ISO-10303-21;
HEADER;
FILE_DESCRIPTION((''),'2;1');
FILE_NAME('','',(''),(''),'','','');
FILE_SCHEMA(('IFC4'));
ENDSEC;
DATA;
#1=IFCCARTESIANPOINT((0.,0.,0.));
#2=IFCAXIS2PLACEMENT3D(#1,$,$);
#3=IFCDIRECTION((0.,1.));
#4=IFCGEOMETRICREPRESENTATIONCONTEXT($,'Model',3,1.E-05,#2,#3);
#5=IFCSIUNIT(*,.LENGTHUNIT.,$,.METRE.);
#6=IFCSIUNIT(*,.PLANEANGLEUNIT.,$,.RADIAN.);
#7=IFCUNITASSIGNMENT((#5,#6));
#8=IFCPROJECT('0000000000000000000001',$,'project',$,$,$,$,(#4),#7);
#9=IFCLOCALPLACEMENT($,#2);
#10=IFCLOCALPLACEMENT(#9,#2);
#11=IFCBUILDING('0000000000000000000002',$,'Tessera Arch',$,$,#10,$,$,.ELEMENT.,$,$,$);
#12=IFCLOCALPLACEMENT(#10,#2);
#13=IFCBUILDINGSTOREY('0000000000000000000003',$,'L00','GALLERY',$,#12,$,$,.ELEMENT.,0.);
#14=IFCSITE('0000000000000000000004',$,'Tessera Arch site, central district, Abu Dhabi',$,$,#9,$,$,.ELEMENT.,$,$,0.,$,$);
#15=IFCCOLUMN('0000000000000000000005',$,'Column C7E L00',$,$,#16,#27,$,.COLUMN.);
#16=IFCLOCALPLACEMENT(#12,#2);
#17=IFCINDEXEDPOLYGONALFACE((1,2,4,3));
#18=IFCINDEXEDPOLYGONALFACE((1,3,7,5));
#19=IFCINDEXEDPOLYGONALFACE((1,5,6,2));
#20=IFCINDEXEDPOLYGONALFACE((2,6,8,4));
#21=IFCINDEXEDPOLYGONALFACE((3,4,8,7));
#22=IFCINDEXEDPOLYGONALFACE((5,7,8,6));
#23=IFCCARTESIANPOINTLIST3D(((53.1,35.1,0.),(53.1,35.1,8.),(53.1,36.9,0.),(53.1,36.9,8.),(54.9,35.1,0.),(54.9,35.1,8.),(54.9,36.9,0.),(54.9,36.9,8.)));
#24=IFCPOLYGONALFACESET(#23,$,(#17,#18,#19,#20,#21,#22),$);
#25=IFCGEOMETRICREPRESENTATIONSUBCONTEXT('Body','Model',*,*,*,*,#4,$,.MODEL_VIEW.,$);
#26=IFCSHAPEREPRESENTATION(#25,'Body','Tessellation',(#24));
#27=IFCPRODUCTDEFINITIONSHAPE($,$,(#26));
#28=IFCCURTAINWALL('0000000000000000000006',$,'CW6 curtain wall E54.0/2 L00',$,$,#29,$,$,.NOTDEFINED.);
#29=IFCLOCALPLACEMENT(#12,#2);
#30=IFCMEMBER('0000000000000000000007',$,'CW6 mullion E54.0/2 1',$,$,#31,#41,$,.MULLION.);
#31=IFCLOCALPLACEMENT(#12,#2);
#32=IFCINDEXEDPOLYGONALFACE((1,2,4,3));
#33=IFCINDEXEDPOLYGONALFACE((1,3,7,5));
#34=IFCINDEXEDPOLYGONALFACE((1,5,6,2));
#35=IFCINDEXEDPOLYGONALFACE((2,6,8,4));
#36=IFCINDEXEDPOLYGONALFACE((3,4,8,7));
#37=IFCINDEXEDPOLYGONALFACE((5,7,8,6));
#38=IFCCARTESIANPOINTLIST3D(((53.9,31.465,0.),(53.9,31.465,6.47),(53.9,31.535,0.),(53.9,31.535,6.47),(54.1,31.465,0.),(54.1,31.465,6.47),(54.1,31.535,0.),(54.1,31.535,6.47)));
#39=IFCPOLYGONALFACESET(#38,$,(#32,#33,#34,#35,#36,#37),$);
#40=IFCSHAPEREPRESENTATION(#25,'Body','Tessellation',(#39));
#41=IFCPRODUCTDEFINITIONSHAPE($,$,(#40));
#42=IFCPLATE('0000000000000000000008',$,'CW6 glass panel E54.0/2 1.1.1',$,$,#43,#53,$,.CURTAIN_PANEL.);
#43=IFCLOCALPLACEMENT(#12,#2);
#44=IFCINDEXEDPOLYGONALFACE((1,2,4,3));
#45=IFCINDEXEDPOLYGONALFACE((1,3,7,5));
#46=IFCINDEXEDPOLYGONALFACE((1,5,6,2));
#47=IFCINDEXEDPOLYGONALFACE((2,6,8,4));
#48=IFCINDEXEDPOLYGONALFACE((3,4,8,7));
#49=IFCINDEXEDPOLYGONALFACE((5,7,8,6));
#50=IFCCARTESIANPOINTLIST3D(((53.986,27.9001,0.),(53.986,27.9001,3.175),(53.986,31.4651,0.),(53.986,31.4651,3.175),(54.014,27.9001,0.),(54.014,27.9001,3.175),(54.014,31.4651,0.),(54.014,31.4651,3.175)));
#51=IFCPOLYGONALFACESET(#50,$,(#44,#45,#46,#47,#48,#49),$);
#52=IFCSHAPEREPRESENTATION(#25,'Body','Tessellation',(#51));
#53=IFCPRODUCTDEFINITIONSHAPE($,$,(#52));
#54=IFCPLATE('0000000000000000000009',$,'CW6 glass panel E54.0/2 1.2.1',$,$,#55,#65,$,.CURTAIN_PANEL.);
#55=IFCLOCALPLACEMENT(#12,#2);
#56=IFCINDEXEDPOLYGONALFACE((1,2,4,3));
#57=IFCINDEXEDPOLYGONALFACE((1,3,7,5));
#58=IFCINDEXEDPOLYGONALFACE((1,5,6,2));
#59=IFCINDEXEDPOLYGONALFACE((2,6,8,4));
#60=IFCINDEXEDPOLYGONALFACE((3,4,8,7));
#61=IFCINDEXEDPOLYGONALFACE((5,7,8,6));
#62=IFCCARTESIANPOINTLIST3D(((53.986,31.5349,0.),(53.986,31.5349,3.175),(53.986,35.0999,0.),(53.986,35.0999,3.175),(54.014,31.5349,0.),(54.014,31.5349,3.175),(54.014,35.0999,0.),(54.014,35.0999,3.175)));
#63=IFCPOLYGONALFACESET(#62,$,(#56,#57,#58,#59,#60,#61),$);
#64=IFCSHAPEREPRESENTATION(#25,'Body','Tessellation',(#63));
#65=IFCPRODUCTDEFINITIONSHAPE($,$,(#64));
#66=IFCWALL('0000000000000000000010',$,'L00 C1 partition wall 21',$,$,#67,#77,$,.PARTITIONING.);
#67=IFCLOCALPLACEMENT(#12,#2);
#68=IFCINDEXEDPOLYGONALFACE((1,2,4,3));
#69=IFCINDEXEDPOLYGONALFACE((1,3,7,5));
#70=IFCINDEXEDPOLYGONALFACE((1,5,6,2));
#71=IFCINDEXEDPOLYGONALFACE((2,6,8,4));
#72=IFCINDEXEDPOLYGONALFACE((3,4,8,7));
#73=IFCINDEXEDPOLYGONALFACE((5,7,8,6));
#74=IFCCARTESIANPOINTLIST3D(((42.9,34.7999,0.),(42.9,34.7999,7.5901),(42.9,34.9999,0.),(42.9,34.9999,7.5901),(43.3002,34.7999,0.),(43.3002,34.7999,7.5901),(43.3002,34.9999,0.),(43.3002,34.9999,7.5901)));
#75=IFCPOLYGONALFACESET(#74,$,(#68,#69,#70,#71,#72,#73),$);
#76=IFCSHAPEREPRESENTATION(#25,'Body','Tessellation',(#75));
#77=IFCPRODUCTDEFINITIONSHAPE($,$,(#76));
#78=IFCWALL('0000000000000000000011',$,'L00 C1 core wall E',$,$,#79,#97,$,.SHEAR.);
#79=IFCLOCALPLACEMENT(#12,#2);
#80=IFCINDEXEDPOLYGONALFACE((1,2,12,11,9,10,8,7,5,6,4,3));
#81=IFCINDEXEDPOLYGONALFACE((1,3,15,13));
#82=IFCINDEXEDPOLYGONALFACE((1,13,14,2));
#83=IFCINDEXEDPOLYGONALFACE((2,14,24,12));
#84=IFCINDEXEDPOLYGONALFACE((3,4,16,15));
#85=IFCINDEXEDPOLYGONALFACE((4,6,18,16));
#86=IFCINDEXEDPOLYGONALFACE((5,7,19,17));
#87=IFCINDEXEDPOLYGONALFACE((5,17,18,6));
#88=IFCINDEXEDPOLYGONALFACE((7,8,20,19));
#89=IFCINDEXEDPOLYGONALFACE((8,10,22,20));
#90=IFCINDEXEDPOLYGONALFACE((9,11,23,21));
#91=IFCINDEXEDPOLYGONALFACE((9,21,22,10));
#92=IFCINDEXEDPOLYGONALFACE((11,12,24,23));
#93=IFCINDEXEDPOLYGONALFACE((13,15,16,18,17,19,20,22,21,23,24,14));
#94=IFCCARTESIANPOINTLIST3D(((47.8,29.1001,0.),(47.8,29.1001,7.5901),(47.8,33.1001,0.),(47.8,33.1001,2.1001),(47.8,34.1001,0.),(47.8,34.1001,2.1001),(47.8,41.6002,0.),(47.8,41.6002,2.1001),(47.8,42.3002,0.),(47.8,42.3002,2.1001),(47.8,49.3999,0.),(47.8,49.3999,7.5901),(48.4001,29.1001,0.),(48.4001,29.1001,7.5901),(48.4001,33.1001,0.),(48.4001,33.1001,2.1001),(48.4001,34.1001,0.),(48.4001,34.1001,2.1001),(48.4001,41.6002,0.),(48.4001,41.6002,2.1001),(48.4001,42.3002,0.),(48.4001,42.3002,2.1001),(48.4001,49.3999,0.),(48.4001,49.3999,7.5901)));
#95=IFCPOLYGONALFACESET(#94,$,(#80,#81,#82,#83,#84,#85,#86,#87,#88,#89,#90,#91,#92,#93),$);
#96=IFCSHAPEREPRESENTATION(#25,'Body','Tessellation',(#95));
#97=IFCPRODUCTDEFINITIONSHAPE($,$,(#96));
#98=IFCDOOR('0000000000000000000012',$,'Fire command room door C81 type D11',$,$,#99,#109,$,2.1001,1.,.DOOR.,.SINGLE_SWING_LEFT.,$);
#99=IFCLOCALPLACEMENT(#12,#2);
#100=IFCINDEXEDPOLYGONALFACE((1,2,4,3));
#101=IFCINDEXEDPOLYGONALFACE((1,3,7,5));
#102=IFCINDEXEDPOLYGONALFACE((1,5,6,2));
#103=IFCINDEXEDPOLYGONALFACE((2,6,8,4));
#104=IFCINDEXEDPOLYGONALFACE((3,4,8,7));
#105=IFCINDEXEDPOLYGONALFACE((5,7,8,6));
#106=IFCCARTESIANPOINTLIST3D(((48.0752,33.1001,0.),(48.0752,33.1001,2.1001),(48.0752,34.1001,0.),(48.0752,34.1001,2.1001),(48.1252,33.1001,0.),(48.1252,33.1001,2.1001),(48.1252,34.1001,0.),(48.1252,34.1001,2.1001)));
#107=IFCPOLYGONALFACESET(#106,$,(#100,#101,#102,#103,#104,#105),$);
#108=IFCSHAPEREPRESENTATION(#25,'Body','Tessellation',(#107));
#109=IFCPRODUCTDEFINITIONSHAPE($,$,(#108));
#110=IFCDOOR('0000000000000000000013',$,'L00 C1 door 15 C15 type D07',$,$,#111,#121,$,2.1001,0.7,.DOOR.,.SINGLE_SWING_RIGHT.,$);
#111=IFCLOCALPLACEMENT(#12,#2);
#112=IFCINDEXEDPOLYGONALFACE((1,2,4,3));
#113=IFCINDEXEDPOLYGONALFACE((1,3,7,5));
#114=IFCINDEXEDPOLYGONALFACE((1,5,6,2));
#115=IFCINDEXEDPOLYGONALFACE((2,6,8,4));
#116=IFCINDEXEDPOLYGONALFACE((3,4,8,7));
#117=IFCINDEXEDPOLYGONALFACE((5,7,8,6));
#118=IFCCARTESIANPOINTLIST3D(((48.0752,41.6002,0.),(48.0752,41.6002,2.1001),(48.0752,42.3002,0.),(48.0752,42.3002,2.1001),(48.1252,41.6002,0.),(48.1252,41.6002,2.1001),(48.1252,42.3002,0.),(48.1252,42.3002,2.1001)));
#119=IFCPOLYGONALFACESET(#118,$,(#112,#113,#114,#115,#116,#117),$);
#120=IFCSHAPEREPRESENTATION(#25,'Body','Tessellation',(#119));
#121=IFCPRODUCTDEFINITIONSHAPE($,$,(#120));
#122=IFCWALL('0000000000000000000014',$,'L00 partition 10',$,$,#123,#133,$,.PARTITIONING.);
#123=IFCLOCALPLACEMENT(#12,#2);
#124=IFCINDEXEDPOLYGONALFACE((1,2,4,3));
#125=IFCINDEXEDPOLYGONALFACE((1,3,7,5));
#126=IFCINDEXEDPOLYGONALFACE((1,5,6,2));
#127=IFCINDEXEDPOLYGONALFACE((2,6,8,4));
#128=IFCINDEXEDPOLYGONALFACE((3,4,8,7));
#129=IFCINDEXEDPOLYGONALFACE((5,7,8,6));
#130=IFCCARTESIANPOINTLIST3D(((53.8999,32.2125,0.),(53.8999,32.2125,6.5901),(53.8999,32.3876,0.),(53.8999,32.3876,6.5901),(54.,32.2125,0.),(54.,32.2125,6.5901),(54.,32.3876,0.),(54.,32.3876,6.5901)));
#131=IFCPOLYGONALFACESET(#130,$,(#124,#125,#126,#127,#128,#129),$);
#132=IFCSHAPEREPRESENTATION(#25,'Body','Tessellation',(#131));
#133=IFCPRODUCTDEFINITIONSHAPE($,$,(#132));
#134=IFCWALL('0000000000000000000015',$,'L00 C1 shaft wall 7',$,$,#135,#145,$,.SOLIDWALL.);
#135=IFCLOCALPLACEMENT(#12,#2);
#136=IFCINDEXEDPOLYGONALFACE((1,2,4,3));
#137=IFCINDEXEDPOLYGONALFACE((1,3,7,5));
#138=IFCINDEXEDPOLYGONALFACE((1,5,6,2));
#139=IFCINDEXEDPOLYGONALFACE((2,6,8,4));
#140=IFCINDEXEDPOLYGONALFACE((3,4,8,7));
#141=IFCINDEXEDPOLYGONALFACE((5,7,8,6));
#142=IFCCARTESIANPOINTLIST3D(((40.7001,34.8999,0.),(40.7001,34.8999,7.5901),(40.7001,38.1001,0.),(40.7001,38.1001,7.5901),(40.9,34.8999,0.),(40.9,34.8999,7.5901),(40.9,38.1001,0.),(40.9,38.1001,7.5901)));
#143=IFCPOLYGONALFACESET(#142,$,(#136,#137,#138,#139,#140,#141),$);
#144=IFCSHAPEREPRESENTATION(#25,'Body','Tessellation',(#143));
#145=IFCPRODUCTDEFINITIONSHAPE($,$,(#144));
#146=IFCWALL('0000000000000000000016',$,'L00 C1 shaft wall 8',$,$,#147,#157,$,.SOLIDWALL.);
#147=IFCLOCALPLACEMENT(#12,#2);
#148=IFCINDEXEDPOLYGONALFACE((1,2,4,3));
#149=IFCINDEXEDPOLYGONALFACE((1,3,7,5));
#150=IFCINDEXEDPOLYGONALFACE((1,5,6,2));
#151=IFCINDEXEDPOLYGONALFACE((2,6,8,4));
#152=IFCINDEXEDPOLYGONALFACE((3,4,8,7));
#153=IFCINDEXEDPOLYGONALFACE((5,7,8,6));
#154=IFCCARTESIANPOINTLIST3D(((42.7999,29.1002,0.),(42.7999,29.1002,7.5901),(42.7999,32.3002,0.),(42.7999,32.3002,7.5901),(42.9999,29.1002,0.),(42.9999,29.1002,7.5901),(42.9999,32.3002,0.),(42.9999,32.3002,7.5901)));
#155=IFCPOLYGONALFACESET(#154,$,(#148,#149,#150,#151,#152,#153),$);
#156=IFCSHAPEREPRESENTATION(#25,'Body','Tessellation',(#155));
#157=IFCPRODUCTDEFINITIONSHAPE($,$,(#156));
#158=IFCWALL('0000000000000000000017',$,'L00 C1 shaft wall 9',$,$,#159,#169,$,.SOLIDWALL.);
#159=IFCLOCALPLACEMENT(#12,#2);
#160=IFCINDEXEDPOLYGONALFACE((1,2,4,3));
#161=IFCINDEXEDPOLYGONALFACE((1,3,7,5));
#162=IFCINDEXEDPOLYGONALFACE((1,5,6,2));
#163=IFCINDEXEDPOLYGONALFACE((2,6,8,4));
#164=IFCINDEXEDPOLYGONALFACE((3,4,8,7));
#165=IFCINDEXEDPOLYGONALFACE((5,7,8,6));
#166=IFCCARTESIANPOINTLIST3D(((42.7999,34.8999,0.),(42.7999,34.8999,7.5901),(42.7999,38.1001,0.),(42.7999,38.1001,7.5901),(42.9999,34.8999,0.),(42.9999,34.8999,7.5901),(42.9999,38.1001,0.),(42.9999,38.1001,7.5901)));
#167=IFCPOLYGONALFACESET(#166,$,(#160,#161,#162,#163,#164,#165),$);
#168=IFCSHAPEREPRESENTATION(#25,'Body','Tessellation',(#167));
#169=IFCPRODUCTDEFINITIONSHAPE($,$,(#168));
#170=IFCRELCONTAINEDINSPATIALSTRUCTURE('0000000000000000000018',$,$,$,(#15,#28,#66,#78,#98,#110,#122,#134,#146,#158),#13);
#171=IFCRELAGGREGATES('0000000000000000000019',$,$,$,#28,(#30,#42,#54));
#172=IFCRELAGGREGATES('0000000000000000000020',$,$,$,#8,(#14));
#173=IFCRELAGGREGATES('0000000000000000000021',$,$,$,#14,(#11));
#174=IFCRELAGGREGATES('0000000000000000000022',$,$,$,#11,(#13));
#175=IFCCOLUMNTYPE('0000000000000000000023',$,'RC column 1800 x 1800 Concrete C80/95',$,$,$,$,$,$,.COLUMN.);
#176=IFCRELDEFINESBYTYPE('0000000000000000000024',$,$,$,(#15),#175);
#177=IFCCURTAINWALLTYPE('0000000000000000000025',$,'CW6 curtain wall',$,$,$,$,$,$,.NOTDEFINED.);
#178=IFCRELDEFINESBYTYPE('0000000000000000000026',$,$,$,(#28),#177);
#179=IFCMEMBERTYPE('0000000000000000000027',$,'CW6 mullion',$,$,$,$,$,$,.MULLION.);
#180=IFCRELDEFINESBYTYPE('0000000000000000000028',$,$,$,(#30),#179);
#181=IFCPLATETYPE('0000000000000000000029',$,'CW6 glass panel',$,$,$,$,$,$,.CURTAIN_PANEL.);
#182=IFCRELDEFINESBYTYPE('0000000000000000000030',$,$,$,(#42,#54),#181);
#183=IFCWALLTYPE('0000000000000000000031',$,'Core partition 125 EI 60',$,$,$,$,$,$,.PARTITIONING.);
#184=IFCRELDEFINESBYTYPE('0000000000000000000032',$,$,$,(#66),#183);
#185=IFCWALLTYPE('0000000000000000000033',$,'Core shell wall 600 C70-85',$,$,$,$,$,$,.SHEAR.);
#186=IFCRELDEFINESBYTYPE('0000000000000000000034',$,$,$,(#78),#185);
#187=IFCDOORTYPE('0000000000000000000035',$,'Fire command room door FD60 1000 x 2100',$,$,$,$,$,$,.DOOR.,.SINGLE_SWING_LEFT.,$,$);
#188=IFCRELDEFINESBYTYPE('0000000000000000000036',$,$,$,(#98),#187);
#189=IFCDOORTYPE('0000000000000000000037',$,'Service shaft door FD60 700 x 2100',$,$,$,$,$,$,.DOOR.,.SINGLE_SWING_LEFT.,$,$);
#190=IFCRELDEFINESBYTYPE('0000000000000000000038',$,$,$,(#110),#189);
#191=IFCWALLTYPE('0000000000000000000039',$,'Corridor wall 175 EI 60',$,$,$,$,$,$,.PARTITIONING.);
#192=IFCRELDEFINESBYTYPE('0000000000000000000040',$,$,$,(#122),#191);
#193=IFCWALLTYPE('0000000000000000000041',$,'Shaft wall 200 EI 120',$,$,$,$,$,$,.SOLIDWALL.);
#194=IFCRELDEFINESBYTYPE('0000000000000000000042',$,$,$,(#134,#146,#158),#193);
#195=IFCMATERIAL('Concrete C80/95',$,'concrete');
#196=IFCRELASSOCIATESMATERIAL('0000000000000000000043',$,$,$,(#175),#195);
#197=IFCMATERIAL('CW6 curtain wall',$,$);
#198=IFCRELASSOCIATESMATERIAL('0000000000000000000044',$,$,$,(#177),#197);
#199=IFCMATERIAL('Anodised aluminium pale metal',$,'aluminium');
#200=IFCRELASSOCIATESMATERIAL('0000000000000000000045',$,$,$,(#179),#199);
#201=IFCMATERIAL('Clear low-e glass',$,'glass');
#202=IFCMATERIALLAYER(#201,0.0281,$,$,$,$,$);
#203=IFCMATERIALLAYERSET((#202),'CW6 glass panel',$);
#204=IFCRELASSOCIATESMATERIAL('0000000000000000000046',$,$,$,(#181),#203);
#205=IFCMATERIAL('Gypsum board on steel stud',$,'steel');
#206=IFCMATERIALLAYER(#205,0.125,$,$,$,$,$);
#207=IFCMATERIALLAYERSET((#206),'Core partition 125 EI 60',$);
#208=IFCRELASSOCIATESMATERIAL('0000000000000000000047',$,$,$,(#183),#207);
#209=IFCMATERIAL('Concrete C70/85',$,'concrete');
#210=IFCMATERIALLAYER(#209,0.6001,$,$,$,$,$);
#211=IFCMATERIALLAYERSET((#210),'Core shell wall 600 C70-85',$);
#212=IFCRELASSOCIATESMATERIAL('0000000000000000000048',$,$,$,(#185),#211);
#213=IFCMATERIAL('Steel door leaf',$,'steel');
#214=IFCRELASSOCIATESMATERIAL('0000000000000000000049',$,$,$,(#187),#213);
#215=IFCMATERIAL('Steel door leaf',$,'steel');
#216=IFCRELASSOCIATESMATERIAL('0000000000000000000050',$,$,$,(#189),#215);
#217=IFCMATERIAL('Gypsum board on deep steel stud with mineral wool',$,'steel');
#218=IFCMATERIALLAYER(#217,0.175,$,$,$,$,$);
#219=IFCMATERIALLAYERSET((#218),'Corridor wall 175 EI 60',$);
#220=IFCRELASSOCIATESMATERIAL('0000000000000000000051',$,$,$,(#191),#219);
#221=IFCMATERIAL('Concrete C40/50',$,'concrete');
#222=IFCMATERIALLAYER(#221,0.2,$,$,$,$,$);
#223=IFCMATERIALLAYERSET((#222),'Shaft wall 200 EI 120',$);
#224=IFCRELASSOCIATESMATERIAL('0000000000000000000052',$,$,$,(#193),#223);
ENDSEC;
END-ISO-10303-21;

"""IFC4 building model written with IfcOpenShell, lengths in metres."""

from ifc_helpers import new_model, si_unit, direction, frame, frame_2d, origin, origin_2d, place, context, subcontext, project, spatial, rectangle, extrude, material, layer, layer_set, material_profile, profile_set, type_object, element, fill, aggregate, save


model = new_model("IFC4")

# Units and contexts
model_context = context("Model", 3, precision=1e-05, world=origin(), true_north=direction((0.0, 1.0)))
body_context = subcontext(model_context, "Body", "Model", "MODEL_VIEW")
ifc_project = project(units=[si_unit("LENGTHUNIT", "METRE"), si_unit("PLANEANGLEUNIT", "RADIAN")], contexts=[model_context])

# Site, building, storey
site_placement = place(None, origin())
site = spatial("IfcSite", under=ifc_project, at=site_placement, Name="Tessera Arch site, central district, Abu Dhabi", CompositionType="ELEMENT", RefElevation=0.0)
building_placement = place(site_placement, origin())
building = spatial("IfcBuilding", under=site, at=building_placement, Name="Tessera Arch", CompositionType="ELEMENT")
storey_placement = place(building_placement, origin())
storey = spatial("IfcBuildingStorey", under=building, at=storey_placement, Name="L00", Description="GALLERY", CompositionType="ELEMENT", Elevation=0.0)

# Column
ifc_material_1 = material(Name="Concrete C80/95", Category="concrete")
ifc_material_profile_1 = material_profile(ifc_material_1, rectangle(XDim=1.8, YDim=1.8, at=origin_2d()), Name="RC column 1800 x 1800 Concrete C80/95")
ifc_profile_set_1 = profile_set([ifc_material_profile_1], Name="Concrete C80/95")
column_type = type_object("IfcColumnType", Name="RC column 1800 x 1800 Concrete C80/95", PredefinedType="COLUMN", material=ifc_profile_set_1)
column_placement = place(storey_placement, frame((54.0, 36.0, 0.0), z_axis=(0.0, 0.0, 1.0), x_axis=(1.0, 0.0, 0.0)))
element("IfcColumn", 1, at=column_placement, inside=storey, type_object=column_type, Name="Column C7E L00", PredefinedType="COLUMN", context=body_context, shape_type="SweptSolid", body=[
    extrude(rectangle(XDim=1.8, YDim=1.8, at=origin_2d()), origin(), (0.0, 0.0, 1.0), 8.0),
])

# Curtain wall, member, plates
ifc_material_2 = material(Name="CW6 curtain wall")
curtain_wall_type = type_object("IfcCurtainWallType", Name="CW6 curtain wall", PredefinedType="NOTDEFINED", material=ifc_material_2)
curtain_wall_placement = place(storey_placement, origin())
curtain_wall = element("IfcCurtainWall", 2, at=curtain_wall_placement, inside=storey, type_object=curtain_wall_type, Name="CW6 curtain wall E54.0/2 L00", PredefinedType="NOTDEFINED")
ifc_material_3 = material(Name="Anodised aluminium pale metal", Category="aluminium")
ifc_material_profile_2 = material_profile(ifc_material_3, rectangle(XDim=0.2, YDim=0.0701, at=origin_2d()), Name="AL 70x200")
ifc_profile_set_2 = profile_set([ifc_material_profile_2], Name="Anodised aluminium pale metal")
member_type = type_object("IfcMemberType", Name="CW6 mullion", PredefinedType="MULLION", material=ifc_profile_set_2)
member_placement = place(storey_placement, frame((54.0, 31.5, 0.0), z_axis=(0.0, 0.0, 1.0), x_axis=(-1.0, 0.0, 0.0)))
member = element("IfcMember", 3, at=member_placement, type_object=member_type, Name="CW6 mullion E54.0/2 1", PredefinedType="MULLION", context=body_context, shape_type="SweptSolid", body=[
    extrude(rectangle(XDim=0.2, YDim=0.0701, at=origin_2d()), origin(), (0.0, 0.0, 1.0), 6.47),
])
ifc_material_4 = material(Name="Clear low-e glass", Category="glass")
ifc_layer_1 = layer(ifc_material_4, 0.0281)
ifc_layer_set_1 = layer_set([ifc_layer_1], Name="CW6 glass panel")
plate_type = type_object("IfcPlateType", Name="CW6 glass panel", PredefinedType="CURTAIN_PANEL", material=ifc_layer_set_1)
plate_1_placement = place(storey_placement, frame((54.0, 29.6826, 0.0), z_axis=(0.0, 0.0, 1.0), x_axis=(0.0, 1.0, 0.0)))
plate_1 = element("IfcPlate", 4, at=plate_1_placement, type_object=plate_type, Name="CW6 glass panel E54.0/2 1.1.1", PredefinedType="CURTAIN_PANEL", context=body_context, shape_type="SweptSolid", body=[
    extrude(rectangle(XDim=3.5649, YDim=0.0281, at=origin_2d()), origin(), (0.0, 0.0, 1.0), 3.175),
])
plate_2_placement = place(storey_placement, frame((54.0, 33.3174, 0.0), z_axis=(0.0, 0.0, 1.0), x_axis=(0.0, 1.0, 0.0)))
plate_2 = element("IfcPlate", 5, at=plate_2_placement, type_object=plate_type, Name="CW6 glass panel E54.0/2 1.2.1", PredefinedType="CURTAIN_PANEL", context=body_context, shape_type="SweptSolid", body=[
    extrude(rectangle(XDim=3.5649, YDim=0.0281, at=origin_2d()), origin(), (0.0, 0.0, 1.0), 3.175),
])
aggregate(curtain_wall, [member, plate_1, plate_2])

# Wall
ifc_material_5 = material(Name="Gypsum board on steel stud", Category="steel")
ifc_layer_2 = layer(ifc_material_5, 0.125)
ifc_layer_set_2 = layer_set([ifc_layer_2], Name="Core partition 125 EI 60")
wall_type_1 = type_object("IfcWallType", Name="Core partition 125 EI 60", PredefinedType="PARTITIONING", material=ifc_layer_set_2)
wall_1_placement = place(storey_placement, frame((42.8999, 34.8999, 0.0), z_axis=(0.0, 0.0, 1.0), x_axis=(1.0, 0.0, 0.0)))
element("IfcWall", 6, at=wall_1_placement, inside=storey, type_object=wall_type_1, Name="L00 C1 partition wall 21", PredefinedType="PARTITIONING", context=body_context, shape_type="SweptSolid", body=[
    extrude(rectangle(XDim=0.4001, YDim=0.2, at=frame_2d((0.2002, 0.0))), origin(), (0.0, 0.0, 1.0), 7.5901),
])

# Wall, openings, doors
ifc_material_6 = material(Name="Concrete C70/85", Category="concrete")
ifc_layer_3 = layer(ifc_material_6, 0.6001)
ifc_layer_set_3 = layer_set([ifc_layer_3], Name="Core shell wall 600 C70-85")
wall_type_2 = type_object("IfcWallType", Name="Core shell wall 600 C70-85", PredefinedType="SHEAR", material=ifc_layer_set_3)
wall_2_placement = place(storey_placement, frame((48.1001, 29.1001, 0.0), z_axis=(0.0, 0.0, 1.0), x_axis=(0.0, 1.0, 0.0)))
wall_2 = element("IfcWall", 7, at=wall_2_placement, inside=storey, type_object=wall_type_2, Name="L00 C1 core wall E", PredefinedType="SHEAR", context=body_context, shape_type="SweptSolid", body=[
    extrude(rectangle(XDim=20.2998, YDim=0.6001, at=frame_2d((10.1499, 0.0))), origin(), (0.0, 0.0, 1.0), 7.5901),
])
opening_1_placement = place(wall_2_placement, frame((12.5, 0.0, 0.0)))
opening_1 = element("IfcOpeningElement", 8, at=opening_1_placement, cuts=wall_2, PredefinedType="OPENING", context=body_context, shape_type="SweptSolid", body=[
    extrude(rectangle(XDim=0.7, YDim=2.1001, at=frame_2d((0.3501, 1.05))), frame((0.0, 0.3101, 0.0), z_axis=(0.0, -1.0, 0.0), x_axis=(1.0, 0.0, 0.0)), (0.0, 0.0, 1.0), 0.6201),
])
opening_2_placement = place(wall_2_placement, frame((4.0, 0.0, 0.0)))
opening_2 = element("IfcOpeningElement", 9, at=opening_2_placement, cuts=wall_2, PredefinedType="OPENING", context=body_context, shape_type="SweptSolid", body=[
    extrude(rectangle(XDim=1.0, YDim=2.1001, at=frame_2d((0.5, 1.05))), frame((0.0, 0.3101, 0.0), z_axis=(0.0, -1.0, 0.0), x_axis=(1.0, 0.0, 0.0)), (0.0, 0.0, 1.0), 0.6201),
])
ifc_material_7 = material(Name="Steel door leaf", Category="steel")
door_type_1 = type_object("IfcDoorType", Name="Fire command room door FD60 1000 x 2100", OperationType="SINGLE_SWING_LEFT", PredefinedType="DOOR", material=ifc_material_7)
door_1_placement = place(opening_2_placement, origin())
door_1 = element("IfcDoor", 10, at=door_1_placement, inside=storey, type_object=door_type_1, Name="Fire command room door C81 type D11", OperationType="SINGLE_SWING_LEFT", OverallHeight=2.1001, OverallWidth=1.0, PredefinedType="DOOR", context=body_context, shape_type="SweptSolid", body=[
    extrude(rectangle(XDim=1.0, YDim=2.1001, at=frame_2d((0.5, 1.05))), frame((0.0, 0.0249, 0.0), z_axis=(0.0, -1.0, 0.0), x_axis=(1.0, 0.0, 0.0)), (0.0, 0.0, 1.0), 0.05),
])
fill(opening_2, door_1)
ifc_material_8 = material(Name="Steel door leaf", Category="steel")
door_type_2 = type_object("IfcDoorType", Name="Service shaft door FD60 700 x 2100", OperationType="SINGLE_SWING_LEFT", PredefinedType="DOOR", material=ifc_material_8)
door_2_placement = place(opening_1_placement, origin())
door_2 = element("IfcDoor", 11, at=door_2_placement, inside=storey, type_object=door_type_2, Name="L00 C1 door 15 C15 type D07", OperationType="SINGLE_SWING_RIGHT", OverallHeight=2.1001, OverallWidth=0.7, PredefinedType="DOOR", context=body_context, shape_type="SweptSolid", body=[
    extrude(rectangle(XDim=0.7, YDim=2.1001, at=frame_2d((0.3501, 1.05))), frame((0.0, 0.0249, 0.0), z_axis=(0.0, -1.0, 0.0), x_axis=(1.0, 0.0, 0.0)), (0.0, 0.0, 1.0), 0.05),
])
fill(opening_1, door_2)

# Walls
ifc_material_9 = material(Name="Gypsum board on deep steel stud with mineral wool", Category="steel")
ifc_layer_4 = layer(ifc_material_9, 0.175)
ifc_layer_set_4 = layer_set([ifc_layer_4], Name="Corridor wall 175 EI 60")
wall_type_3 = type_object("IfcWallType", Name="Corridor wall 175 EI 60", PredefinedType="PARTITIONING", material=ifc_layer_set_4)
wall_3_placement = place(storey_placement, frame((53.8999, 32.3, 0.0), z_axis=(0.0, 0.0, 1.0), x_axis=(1.0, 0.0, 0.0)))
element("IfcWall", 12, at=wall_3_placement, inside=storey, type_object=wall_type_3, Name="L00 partition 10", PredefinedType="PARTITIONING", context=body_context, shape_type="SweptSolid", body=[
    extrude(rectangle(XDim=0.1001, YDim=0.175, at=frame_2d((0.05, 0.0))), origin(), (0.0, 0.0, 1.0), 6.5901),
])
ifc_material_10 = material(Name="Concrete C40/50", Category="concrete")
ifc_layer_5 = layer(ifc_material_10, 0.2)
ifc_layer_set_5 = layer_set([ifc_layer_5], Name="Shaft wall 200 EI 120")
wall_type_4 = type_object("IfcWallType", Name="Shaft wall 200 EI 120", PredefinedType="SOLIDWALL", material=ifc_layer_set_5)
wall_4_placement = place(storey_placement, frame((40.8, 34.8999, 0.0), z_axis=(0.0, 0.0, 1.0), x_axis=(0.0, 1.0, 0.0)))
element("IfcWall", 13, at=wall_4_placement, inside=storey, type_object=wall_type_4, Name="L00 C1 shaft wall 7", PredefinedType="SOLIDWALL", context=body_context, shape_type="SweptSolid", body=[
    extrude(rectangle(XDim=3.2002, YDim=0.2, at=frame_2d((1.6001, 0.0))), origin(), (0.0, 0.0, 1.0), 7.5901),
])
wall_5_placement = place(storey_placement, frame((42.8999, 29.1001, 0.0), z_axis=(0.0, 0.0, 1.0), x_axis=(0.0, 1.0, 0.0)))
element("IfcWall", 14, at=wall_5_placement, inside=storey, type_object=wall_type_4, Name="L00 C1 shaft wall 8", PredefinedType="SOLIDWALL", context=body_context, shape_type="SweptSolid", body=[
    extrude(rectangle(XDim=3.2, YDim=0.2, at=frame_2d((1.6001, 0.0))), origin(), (0.0, 0.0, 1.0), 7.5901),
])
wall_6_placement = place(storey_placement, frame((42.8999, 34.8999, 0.0), z_axis=(0.0, 0.0, 1.0), x_axis=(0.0, 1.0, 0.0)))
element("IfcWall", 15, at=wall_6_placement, inside=storey, type_object=wall_type_4, Name="L00 C1 shaft wall 9", PredefinedType="SOLIDWALL", context=body_context, shape_type="SweptSolid", body=[
    extrude(rectangle(XDim=3.2002, YDim=0.2, at=frame_2d((1.6001, 0.0))), origin(), (0.0, 0.0, 1.0), 7.5901),
])

save(model, "model.ifc")
